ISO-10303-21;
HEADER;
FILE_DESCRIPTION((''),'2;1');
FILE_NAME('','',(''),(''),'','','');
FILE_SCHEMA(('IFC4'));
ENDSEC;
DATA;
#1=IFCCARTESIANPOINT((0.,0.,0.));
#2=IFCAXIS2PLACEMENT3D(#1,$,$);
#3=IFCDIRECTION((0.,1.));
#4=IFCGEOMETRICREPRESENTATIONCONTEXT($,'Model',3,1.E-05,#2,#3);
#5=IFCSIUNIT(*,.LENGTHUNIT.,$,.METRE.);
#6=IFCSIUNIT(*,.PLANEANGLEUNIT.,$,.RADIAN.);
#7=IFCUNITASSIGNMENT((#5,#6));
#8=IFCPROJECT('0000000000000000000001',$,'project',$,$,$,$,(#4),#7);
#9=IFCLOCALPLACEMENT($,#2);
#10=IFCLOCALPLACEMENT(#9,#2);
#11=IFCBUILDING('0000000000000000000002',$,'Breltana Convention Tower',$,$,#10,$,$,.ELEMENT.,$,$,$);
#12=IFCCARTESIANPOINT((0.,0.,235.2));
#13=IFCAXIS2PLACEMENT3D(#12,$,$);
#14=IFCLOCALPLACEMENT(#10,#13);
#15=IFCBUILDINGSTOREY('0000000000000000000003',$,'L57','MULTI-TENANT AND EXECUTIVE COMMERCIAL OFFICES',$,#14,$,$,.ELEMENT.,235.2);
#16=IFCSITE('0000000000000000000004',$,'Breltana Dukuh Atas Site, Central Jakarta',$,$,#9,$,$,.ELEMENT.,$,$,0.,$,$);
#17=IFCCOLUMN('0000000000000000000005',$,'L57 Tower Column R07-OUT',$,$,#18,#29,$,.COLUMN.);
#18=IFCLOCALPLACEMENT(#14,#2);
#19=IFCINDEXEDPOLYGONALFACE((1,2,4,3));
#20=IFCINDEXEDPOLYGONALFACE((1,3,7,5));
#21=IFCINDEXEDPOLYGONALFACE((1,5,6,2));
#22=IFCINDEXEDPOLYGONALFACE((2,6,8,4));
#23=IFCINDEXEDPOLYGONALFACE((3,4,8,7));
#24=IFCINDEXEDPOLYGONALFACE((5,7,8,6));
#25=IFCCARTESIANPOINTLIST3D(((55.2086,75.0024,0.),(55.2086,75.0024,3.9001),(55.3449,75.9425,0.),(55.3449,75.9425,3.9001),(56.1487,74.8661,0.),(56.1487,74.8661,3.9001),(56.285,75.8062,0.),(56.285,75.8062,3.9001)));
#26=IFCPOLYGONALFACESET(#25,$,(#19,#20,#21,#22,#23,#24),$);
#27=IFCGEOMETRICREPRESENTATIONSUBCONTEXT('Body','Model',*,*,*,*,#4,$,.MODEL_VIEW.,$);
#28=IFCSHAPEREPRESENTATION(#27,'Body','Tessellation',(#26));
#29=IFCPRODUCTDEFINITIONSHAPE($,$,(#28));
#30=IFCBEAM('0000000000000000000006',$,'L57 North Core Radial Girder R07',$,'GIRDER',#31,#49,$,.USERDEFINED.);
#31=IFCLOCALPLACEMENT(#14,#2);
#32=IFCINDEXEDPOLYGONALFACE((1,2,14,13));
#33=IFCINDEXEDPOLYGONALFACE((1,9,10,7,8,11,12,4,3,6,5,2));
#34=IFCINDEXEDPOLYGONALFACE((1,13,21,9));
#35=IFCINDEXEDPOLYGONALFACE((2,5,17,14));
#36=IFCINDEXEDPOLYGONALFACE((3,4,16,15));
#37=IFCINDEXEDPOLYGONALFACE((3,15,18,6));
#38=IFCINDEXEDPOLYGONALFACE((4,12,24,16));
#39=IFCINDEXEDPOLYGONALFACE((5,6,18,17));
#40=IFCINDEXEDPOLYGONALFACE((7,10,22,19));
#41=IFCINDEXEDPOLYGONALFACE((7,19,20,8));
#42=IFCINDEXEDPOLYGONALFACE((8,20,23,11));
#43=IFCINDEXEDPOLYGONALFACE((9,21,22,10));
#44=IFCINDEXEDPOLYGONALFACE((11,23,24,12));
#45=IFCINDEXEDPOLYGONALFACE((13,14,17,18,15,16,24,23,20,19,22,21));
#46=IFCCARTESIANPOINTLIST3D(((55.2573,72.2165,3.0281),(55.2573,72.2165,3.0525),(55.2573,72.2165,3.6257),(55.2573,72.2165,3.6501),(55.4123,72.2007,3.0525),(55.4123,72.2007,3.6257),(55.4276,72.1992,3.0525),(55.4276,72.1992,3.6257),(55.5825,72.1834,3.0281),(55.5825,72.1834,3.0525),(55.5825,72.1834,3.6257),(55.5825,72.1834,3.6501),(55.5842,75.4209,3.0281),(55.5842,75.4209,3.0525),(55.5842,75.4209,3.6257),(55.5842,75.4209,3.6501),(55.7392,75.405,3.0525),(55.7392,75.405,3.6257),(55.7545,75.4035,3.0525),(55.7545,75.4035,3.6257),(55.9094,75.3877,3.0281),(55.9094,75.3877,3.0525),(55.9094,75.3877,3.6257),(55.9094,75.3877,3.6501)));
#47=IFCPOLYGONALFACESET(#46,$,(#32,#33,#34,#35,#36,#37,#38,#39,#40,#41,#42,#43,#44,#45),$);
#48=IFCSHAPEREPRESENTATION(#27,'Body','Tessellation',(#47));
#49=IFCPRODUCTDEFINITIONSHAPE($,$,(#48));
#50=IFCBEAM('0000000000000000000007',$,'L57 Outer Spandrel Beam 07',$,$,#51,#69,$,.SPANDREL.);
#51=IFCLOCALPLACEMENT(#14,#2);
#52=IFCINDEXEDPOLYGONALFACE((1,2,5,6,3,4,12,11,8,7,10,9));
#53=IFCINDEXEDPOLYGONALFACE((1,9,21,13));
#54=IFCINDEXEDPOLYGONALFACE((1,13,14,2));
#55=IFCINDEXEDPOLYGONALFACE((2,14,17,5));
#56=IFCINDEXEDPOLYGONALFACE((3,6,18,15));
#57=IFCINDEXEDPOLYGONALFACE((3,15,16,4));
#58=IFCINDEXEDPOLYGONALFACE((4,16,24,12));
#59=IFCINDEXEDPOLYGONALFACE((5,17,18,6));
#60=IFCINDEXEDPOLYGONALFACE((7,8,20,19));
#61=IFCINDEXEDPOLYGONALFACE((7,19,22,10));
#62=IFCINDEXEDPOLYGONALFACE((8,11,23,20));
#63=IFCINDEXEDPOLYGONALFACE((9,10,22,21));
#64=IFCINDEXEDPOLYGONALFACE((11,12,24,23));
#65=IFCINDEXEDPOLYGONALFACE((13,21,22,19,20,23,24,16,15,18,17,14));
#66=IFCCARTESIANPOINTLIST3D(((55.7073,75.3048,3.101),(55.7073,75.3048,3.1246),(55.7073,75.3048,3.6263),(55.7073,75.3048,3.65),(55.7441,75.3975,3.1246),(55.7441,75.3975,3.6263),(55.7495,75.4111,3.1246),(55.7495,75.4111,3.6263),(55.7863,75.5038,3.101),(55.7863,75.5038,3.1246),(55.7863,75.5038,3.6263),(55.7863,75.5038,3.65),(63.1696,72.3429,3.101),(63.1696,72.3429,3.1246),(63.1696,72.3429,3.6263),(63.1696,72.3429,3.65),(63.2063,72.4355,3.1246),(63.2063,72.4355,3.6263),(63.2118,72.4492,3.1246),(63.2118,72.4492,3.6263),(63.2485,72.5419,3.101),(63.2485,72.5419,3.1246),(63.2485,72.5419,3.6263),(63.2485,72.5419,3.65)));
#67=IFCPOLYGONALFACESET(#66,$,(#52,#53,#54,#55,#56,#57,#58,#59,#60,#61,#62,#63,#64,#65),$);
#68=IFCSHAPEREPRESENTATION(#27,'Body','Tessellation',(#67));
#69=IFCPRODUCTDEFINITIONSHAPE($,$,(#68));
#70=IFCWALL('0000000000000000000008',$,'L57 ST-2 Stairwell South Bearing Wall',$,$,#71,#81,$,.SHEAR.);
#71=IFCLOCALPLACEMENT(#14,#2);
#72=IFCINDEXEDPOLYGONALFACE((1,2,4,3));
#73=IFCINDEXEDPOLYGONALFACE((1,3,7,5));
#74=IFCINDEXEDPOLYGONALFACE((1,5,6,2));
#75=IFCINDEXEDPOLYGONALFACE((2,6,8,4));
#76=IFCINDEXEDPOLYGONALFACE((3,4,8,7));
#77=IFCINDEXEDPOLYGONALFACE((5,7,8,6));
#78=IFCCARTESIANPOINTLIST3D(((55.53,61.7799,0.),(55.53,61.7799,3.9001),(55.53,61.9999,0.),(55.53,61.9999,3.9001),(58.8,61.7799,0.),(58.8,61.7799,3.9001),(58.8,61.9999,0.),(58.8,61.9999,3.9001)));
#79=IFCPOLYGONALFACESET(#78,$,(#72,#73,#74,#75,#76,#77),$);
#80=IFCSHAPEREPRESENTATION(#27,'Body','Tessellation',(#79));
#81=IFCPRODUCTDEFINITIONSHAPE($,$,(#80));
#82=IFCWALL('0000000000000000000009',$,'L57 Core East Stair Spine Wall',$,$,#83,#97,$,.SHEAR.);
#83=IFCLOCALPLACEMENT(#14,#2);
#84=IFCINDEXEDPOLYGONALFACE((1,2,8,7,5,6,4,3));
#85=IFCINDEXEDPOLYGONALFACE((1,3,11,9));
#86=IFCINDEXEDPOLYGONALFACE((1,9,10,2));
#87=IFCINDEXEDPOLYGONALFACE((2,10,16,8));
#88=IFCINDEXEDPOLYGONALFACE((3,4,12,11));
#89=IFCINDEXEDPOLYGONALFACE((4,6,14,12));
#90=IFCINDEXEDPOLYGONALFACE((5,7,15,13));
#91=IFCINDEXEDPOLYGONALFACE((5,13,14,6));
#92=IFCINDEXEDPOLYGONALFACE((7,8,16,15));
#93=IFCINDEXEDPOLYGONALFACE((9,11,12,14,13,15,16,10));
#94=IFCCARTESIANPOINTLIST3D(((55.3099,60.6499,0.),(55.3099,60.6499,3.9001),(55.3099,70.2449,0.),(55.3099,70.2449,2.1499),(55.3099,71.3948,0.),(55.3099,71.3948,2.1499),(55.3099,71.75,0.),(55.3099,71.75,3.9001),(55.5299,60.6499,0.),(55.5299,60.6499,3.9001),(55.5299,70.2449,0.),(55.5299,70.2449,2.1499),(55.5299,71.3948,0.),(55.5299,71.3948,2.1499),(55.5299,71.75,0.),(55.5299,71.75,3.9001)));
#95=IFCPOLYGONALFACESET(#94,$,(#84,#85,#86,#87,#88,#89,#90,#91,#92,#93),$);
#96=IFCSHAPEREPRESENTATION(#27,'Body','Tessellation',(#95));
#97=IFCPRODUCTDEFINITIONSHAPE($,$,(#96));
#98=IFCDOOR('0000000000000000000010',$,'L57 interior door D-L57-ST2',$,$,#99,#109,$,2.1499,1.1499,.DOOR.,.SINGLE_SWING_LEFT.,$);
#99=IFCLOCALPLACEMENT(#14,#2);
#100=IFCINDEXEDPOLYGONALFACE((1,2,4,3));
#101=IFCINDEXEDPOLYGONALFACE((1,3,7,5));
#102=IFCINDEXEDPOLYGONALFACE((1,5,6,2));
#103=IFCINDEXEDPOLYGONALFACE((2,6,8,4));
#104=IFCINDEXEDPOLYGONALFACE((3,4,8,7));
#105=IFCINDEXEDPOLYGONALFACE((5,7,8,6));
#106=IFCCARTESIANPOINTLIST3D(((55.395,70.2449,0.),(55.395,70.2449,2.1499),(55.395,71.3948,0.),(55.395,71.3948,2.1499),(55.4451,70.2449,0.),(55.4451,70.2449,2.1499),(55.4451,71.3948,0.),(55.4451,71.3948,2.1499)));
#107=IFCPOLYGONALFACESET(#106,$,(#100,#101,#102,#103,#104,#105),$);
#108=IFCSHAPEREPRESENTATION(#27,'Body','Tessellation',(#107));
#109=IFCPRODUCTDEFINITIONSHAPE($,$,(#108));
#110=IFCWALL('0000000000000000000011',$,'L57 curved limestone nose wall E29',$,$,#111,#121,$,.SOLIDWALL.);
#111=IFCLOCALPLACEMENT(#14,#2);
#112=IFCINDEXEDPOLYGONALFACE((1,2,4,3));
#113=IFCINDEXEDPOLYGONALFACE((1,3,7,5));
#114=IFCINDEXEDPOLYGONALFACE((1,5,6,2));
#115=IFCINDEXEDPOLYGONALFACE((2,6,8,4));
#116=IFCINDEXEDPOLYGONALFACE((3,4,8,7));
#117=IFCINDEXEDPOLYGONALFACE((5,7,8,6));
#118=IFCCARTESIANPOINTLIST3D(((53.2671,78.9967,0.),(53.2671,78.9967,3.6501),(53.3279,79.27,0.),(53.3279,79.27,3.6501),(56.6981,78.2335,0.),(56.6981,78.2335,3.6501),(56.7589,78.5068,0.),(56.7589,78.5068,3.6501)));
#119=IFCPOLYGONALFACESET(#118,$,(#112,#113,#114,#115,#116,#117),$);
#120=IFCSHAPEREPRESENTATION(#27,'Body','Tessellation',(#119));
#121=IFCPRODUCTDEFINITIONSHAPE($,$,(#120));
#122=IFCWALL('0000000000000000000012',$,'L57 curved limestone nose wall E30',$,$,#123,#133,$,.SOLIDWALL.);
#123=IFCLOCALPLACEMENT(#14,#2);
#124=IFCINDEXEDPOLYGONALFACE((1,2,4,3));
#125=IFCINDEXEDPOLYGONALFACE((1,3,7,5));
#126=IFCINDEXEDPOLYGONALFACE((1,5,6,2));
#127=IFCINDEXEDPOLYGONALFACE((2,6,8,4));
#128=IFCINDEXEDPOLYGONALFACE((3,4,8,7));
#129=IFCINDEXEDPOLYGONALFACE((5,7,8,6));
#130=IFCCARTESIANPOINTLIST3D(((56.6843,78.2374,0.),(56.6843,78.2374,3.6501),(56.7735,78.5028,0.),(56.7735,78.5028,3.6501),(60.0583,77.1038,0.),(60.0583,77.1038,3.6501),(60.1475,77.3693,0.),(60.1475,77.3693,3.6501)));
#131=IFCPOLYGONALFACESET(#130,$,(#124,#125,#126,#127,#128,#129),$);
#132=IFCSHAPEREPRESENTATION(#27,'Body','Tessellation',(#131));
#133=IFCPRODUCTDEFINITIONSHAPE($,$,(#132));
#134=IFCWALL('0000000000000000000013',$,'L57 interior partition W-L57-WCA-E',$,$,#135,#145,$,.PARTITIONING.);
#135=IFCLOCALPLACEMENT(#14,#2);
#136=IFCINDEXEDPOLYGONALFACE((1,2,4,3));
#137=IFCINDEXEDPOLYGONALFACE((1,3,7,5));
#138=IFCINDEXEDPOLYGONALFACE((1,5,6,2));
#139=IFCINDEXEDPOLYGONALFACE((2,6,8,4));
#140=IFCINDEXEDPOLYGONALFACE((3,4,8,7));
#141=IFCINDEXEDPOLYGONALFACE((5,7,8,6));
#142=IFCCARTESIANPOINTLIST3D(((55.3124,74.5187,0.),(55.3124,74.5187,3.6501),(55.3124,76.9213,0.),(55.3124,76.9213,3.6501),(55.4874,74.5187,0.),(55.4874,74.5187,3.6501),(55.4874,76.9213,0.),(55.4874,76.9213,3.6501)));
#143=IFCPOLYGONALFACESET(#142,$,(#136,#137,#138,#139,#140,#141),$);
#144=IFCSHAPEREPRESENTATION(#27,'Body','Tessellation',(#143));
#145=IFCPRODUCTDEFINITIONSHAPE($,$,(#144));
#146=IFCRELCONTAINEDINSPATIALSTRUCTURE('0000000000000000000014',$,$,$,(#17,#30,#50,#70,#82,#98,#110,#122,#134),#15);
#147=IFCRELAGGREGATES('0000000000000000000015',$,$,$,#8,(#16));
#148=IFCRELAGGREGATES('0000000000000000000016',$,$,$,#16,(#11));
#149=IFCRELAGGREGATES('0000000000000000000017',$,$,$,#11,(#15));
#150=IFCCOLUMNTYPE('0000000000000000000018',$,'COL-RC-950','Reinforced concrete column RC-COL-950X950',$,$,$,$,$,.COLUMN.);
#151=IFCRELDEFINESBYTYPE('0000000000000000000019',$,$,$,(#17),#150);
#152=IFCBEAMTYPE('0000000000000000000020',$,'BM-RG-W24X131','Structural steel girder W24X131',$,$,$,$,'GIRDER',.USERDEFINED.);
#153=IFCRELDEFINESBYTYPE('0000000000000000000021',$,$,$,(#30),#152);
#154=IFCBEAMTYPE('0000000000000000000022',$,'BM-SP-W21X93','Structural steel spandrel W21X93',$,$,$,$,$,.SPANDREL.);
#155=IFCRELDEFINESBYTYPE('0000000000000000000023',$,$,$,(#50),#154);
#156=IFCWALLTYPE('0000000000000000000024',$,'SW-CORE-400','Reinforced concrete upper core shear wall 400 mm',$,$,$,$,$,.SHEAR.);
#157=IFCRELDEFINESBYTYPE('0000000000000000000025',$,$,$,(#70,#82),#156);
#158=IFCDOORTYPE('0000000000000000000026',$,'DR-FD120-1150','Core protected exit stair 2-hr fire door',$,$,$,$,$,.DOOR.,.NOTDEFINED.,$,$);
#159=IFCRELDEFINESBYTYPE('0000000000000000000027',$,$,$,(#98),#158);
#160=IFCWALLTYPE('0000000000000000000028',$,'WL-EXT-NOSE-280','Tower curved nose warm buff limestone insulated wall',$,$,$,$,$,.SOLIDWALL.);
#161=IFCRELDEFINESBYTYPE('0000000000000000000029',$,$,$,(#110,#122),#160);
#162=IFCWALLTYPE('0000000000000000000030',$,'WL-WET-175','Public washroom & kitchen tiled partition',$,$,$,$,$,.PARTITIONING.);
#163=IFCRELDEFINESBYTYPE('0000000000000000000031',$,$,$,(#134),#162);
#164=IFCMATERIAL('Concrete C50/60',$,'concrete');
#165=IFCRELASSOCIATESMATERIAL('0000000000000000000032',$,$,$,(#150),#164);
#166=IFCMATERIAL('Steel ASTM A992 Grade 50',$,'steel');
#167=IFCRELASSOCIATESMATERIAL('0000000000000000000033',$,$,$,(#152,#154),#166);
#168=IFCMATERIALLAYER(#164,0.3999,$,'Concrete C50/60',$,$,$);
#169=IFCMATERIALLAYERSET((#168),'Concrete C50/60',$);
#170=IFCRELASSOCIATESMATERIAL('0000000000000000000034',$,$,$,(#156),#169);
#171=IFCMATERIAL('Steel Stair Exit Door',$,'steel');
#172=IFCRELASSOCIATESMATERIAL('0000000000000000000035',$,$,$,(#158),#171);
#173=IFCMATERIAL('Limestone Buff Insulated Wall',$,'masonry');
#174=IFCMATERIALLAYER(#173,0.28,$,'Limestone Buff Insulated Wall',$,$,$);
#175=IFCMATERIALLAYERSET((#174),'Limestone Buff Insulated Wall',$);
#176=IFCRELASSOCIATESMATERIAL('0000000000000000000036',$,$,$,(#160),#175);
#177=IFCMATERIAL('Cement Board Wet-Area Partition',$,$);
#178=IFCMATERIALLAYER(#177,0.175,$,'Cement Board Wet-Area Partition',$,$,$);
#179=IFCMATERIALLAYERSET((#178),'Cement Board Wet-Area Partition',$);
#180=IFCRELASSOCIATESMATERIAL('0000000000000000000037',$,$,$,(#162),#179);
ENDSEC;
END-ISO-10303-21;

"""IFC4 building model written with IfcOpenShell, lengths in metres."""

from ifc_helpers import new_model, si_unit, direction, frame, frame_2d, origin, origin_2d, place, context, subcontext, project, spatial, rectangle, i_section, extrude, source, transform, mapped, material, layer, layer_set, material_profile, profile_set, type_object, type_shapes, element, fill, save


model = new_model("IFC4")

# Units and contexts
model_context = context("Model", 3, precision=1e-05, world=origin(), true_north=direction((0.0, 1.0)))
body_context = subcontext(model_context, "Body", "Model", "MODEL_VIEW")
ifc_project = project(units=[si_unit("LENGTHUNIT", "METRE"), si_unit("PLANEANGLEUNIT", "RADIAN")], contexts=[model_context])

# Site, building, storey
site_placement = place(None, origin())
site = spatial("IfcSite", under=ifc_project, at=site_placement, Name="Breltana Dukuh Atas Site, Central Jakarta", CompositionType="ELEMENT", RefElevation=0.0)
building_placement = place(site_placement, origin())
building = spatial("IfcBuilding", under=site, at=building_placement, Name="Breltana Convention Tower", CompositionType="ELEMENT")
storey_placement = place(building_placement, frame((0.0, 0.0, 235.2)))
storey = spatial("IfcBuildingStorey", under=building, at=storey_placement, Name="L57", Description="MULTI-TENANT AND EXECUTIVE COMMERCIAL OFFICES", CompositionType="ELEMENT", Elevation=235.2)

# Column
ifc_material_1 = material(Name="Concrete C50/60", Category="concrete")
ifc_material_profile_1 = material_profile(ifc_material_1, rectangle(XDim=0.95, YDim=0.95, at=origin_2d()), Name="RC-COL-950X950")
ifc_profile_set_1 = profile_set([ifc_material_profile_1], Name="Concrete C50/60")
column_type = type_object("IfcColumnType", Name="COL-RC-950", Description="Reinforced concrete column RC-COL-950X950", PredefinedType="COLUMN", material=ifc_profile_set_1)
shared_shape_1 = source(origin(), body_context, "Body", "SweptSolid", [
    extrude(rectangle(XDim=0.95, YDim=0.95, at=origin_2d()), origin(), (0.0, 0.0, 1.0), 3.9001),
])
column_placement = place(storey_placement, frame((55.7468, 75.4043, 0.0), z_axis=(0.0, 0.0, 1.0), x_axis=(0.143493, 0.989651, 0.0)))
element("IfcColumn", 1, at=column_placement, inside=storey, type_object=column_type, Name="L57 Tower Column R07-OUT", PredefinedType="COLUMN", context=body_context, shape_type="MappedRepresentation", body=[
    mapped(shared_shape_1, transform((0.0, 0.0, 0.0), scale=1.0)),
])

# Beams
ifc_material_2 = material(Name="Steel ASTM A992 Grade 50", Category="steel")
ifc_material_profile_2 = material_profile(ifc_material_2, i_section(OverallWidth=0.3269, OverallDepth=0.6221, WebThickness=0.0154, FlangeThickness=0.0244, at=origin_2d()), Name="W24X131")
ifc_profile_set_2 = profile_set([ifc_material_profile_2], Name="Steel ASTM A992 Grade 50")
beam_type_1 = type_object("IfcBeamType", Name="BM-RG-W24X131", Description="Structural steel girder W24X131", ElementType="GIRDER", PredefinedType="USERDEFINED", material=ifc_profile_set_2)
shared_shape_2 = source(origin(), body_context, "Body", "SweptSolid", [
    extrude(i_section(OverallWidth=0.3269, OverallDepth=0.6221, WebThickness=0.0154, FlangeThickness=0.0244, at=origin_2d()), origin(), (0.0, 0.0, 1.0), 3.2209),
])
beam_1_placement = place(storey_placement, frame((55.4199, 72.2, 3.3391), z_axis=(0.101492, 0.994836, 0.0), x_axis=(-0.994836, 0.101492, 0.0)))
element("IfcBeam", 2, at=beam_1_placement, inside=storey, type_object=beam_type_1, Name="L57 North Core Radial Girder R07", ObjectType="GIRDER", PredefinedType="USERDEFINED", context=body_context, shape_type="MappedRepresentation", body=[
    mapped(shared_shape_2, transform((0.0, 0.0, 0.0), scale=1.0)),
])
ifc_material_profile_3 = material_profile(ifc_material_2, i_section(OverallWidth=0.2141, OverallDepth=0.5491, WebThickness=0.0146, FlangeThickness=0.0237, at=origin_2d()), Name="W21X93")
ifc_profile_set_3 = profile_set([ifc_material_profile_3], Name="Steel ASTM A992 Grade 50")
beam_type_2 = type_object("IfcBeamType", Name="BM-SP-W21X93", Description="Structural steel spandrel W21X93", PredefinedType="SPANDREL", material=ifc_profile_set_3)
shared_shape_3 = source(origin(), body_context, "Body", "SweptSolid", [
    extrude(i_section(OverallWidth=0.2141, OverallDepth=0.5491, WebThickness=0.0146, FlangeThickness=0.0237, at=origin_2d()), origin(), (0.0, 0.0, 1.0), 8.0286),
])
beam_2_placement = place(storey_placement, frame((55.7468, 75.4043, 3.3755), z_axis=(0.929459, -0.368925, 0.0), x_axis=(0.368925, 0.929459, 0.0)))
element("IfcBeam", 3, at=beam_2_placement, inside=storey, type_object=beam_type_2, Name="L57 Outer Spandrel Beam 07", PredefinedType="SPANDREL", context=body_context, shape_type="MappedRepresentation", body=[
    mapped(shared_shape_3, transform((0.0, 0.0, 0.0), scale=1.0)),
])

# Wall
ifc_layer_1 = layer(ifc_material_1, 0.3999, Name="Concrete C50/60")
ifc_layer_set_1 = layer_set([ifc_layer_1], Name="Concrete C50/60")
wall_type_1 = type_object("IfcWallType", Name="SW-CORE-400", Description="Reinforced concrete upper core shear wall 400 mm", PredefinedType="SHEAR", material=ifc_layer_set_1)
shared_shape_4 = source(origin(), body_context, "Body", "SweptSolid", [
    extrude(rectangle(XDim=3.27, YDim=0.22, at=frame_2d((1.635, 0.0))), origin(), (0.0, 0.0, 1.0), 3.9001),
])
wall_1_placement = place(storey_placement, frame((55.53, 61.8899, 0.0), z_axis=(0.0, 0.0, 1.0), x_axis=(1.0, 0.0, 0.0)))
element("IfcWall", 4, at=wall_1_placement, inside=storey, type_object=wall_type_1, Name="L57 ST-2 Stairwell South Bearing Wall", PredefinedType="SHEAR", context=body_context, shape_type="MappedRepresentation", body=[
    mapped(shared_shape_4, transform((0.0, 0.0, 0.0), scale=1.0)),
])

# Wall, opening, door
shared_shape_5 = source(origin(), body_context, "Body", "SweptSolid", [
    extrude(rectangle(XDim=11.1001, YDim=0.22, at=frame_2d((5.55, 0.0))), origin(), (0.0, 0.0, 1.0), 3.9001),
])
wall_2_placement = place(storey_placement, frame((55.4199, 60.6499, 0.0), z_axis=(0.0, 0.0, 1.0), x_axis=(0.0, 1.0, 0.0)))
wall_2 = element("IfcWall", 5, at=wall_2_placement, inside=storey, type_object=wall_type_1, Name="L57 Core East Stair Spine Wall", PredefinedType="SHEAR", context=body_context, shape_type="MappedRepresentation", body=[
    mapped(shared_shape_5, transform((0.0, 0.0, 0.0), scale=1.0)),
])
opening_placement = place(wall_2_placement, frame((9.595, 0.0, 0.0)))
opening = element("IfcOpeningElement", 6, at=opening_placement, cuts=wall_2, PredefinedType="OPENING", context=body_context, shape_type="SweptSolid", body=[
    extrude(rectangle(XDim=1.1499, YDim=2.1499, at=frame_2d((0.575, 1.075))), frame((0.0, 0.1201, 0.0), z_axis=(0.0, -1.0, 0.0), x_axis=(1.0, 0.0, 0.0)), (0.0, 0.0, 1.0), 0.24),
])
ifc_material_3 = material(Name="Steel Stair Exit Door", Category="steel")
door_type = type_object("IfcDoorType", Name="DR-FD120-1150", Description="Core protected exit stair 2-hr fire door", OperationType="NOTDEFINED", PredefinedType="DOOR", material=ifc_material_3)
shared_shape_6 = source(origin(), body_context, "Body", "SweptSolid", [
    extrude(rectangle(XDim=1.1499, YDim=2.1499, at=frame_2d((0.575, 1.075))), frame((0.0, 0.0249, 0.0), z_axis=(0.0, -1.0, 0.0), x_axis=(1.0, 0.0, 0.0)), (0.0, 0.0, 1.0), 0.05),
])
type_shapes(door_type, [shared_shape_6])
door_placement = place(opening_placement, origin())
door = element("IfcDoor", 7, at=door_placement, inside=storey, type_object=door_type, Name="L57 interior door D-L57-ST2", OperationType="SINGLE_SWING_LEFT", OverallHeight=2.1499, OverallWidth=1.1499, PredefinedType="DOOR", context=body_context, shape_type="MappedRepresentation", body=[
    mapped(shared_shape_6, transform((0.0, 0.0, 0.0), scale=1.0)),
])
fill(opening, door)

# Walls
ifc_material_4 = material(Name="Limestone Buff Insulated Wall", Category="masonry")
ifc_layer_2 = layer(ifc_material_4, 0.28, Name="Limestone Buff Insulated Wall")
ifc_layer_set_2 = layer_set([ifc_layer_2], Name="Limestone Buff Insulated Wall")
wall_type_2 = type_object("IfcWallType", Name="WL-EXT-NOSE-280", Description="Tower curved nose warm buff limestone insulated wall", PredefinedType="SOLIDWALL", material=ifc_layer_set_2)
shared_shape_7 = source(origin(), body_context, "Body", "SweptSolid", [
    extrude(rectangle(XDim=3.5149, YDim=0.28, at=frame_2d((1.7573, 0.0))), origin(), (0.0, 0.0, 1.0), 3.6501),
])
wall_3_placement = place(storey_placement, frame((53.2976, 79.1333, 0.0), z_axis=(0.0, 0.0, 1.0), x_axis=(0.976145, -0.217122, 0.0)))
element("IfcWall", 8, at=wall_3_placement, inside=storey, type_object=wall_type_2, Name="L57 curved limestone nose wall E29", PredefinedType="SOLIDWALL", context=body_context, shape_type="MappedRepresentation", body=[
    mapped(shared_shape_7, transform((0.0, 0.0, 0.0), scale=1.0)),
])
shared_shape_8 = source(origin(), body_context, "Body", "SweptSolid", [
    extrude(rectangle(XDim=3.5593, YDim=0.28, at=frame_2d((1.7798, 0.0))), origin(), (0.0, 0.0, 1.0), 3.6501),
])
wall_4_placement = place(storey_placement, frame((56.7288, 78.3701, 0.0), z_axis=(0.0, 0.0, 1.0), x_axis=(0.947933, -0.31847, 0.0)))
element("IfcWall", 9, at=wall_4_placement, inside=storey, type_object=wall_type_2, Name="L57 curved limestone nose wall E30", PredefinedType="SOLIDWALL", context=body_context, shape_type="MappedRepresentation", body=[
    mapped(shared_shape_8, transform((0.0, 0.0, 0.0), scale=1.0)),
])
ifc_material_5 = material(Name="Cement Board Wet-Area Partition")
ifc_layer_3 = layer(ifc_material_5, 0.175, Name="Cement Board Wet-Area Partition")
ifc_layer_set_3 = layer_set([ifc_layer_3], Name="Cement Board Wet-Area Partition")
wall_type_3 = type_object("IfcWallType", Name="WL-WET-175", Description="Public washroom & kitchen tiled partition", PredefinedType="PARTITIONING", material=ifc_layer_set_3)
shared_shape_9 = source(origin(), body_context, "Body", "SweptSolid", [
    extrude(rectangle(XDim=2.4026, YDim=0.175, at=frame_2d((1.2012, 0.0))), origin(), (0.0, 0.0, 1.0), 3.6501),
])
wall_5_placement = place(storey_placement, frame((55.3999, 74.5188, 0.0), z_axis=(0.0, 0.0, 1.0), x_axis=(0.0, 1.0, 0.0)))
element("IfcWall", 10, at=wall_5_placement, inside=storey, type_object=wall_type_3, Name="L57 interior partition W-L57-WCA-E", PredefinedType="PARTITIONING", context=body_context, shape_type="MappedRepresentation", body=[
    mapped(shared_shape_9, transform((0.0, 0.0, 0.0), scale=1.0)),
])

save(model, "model.ifc")
